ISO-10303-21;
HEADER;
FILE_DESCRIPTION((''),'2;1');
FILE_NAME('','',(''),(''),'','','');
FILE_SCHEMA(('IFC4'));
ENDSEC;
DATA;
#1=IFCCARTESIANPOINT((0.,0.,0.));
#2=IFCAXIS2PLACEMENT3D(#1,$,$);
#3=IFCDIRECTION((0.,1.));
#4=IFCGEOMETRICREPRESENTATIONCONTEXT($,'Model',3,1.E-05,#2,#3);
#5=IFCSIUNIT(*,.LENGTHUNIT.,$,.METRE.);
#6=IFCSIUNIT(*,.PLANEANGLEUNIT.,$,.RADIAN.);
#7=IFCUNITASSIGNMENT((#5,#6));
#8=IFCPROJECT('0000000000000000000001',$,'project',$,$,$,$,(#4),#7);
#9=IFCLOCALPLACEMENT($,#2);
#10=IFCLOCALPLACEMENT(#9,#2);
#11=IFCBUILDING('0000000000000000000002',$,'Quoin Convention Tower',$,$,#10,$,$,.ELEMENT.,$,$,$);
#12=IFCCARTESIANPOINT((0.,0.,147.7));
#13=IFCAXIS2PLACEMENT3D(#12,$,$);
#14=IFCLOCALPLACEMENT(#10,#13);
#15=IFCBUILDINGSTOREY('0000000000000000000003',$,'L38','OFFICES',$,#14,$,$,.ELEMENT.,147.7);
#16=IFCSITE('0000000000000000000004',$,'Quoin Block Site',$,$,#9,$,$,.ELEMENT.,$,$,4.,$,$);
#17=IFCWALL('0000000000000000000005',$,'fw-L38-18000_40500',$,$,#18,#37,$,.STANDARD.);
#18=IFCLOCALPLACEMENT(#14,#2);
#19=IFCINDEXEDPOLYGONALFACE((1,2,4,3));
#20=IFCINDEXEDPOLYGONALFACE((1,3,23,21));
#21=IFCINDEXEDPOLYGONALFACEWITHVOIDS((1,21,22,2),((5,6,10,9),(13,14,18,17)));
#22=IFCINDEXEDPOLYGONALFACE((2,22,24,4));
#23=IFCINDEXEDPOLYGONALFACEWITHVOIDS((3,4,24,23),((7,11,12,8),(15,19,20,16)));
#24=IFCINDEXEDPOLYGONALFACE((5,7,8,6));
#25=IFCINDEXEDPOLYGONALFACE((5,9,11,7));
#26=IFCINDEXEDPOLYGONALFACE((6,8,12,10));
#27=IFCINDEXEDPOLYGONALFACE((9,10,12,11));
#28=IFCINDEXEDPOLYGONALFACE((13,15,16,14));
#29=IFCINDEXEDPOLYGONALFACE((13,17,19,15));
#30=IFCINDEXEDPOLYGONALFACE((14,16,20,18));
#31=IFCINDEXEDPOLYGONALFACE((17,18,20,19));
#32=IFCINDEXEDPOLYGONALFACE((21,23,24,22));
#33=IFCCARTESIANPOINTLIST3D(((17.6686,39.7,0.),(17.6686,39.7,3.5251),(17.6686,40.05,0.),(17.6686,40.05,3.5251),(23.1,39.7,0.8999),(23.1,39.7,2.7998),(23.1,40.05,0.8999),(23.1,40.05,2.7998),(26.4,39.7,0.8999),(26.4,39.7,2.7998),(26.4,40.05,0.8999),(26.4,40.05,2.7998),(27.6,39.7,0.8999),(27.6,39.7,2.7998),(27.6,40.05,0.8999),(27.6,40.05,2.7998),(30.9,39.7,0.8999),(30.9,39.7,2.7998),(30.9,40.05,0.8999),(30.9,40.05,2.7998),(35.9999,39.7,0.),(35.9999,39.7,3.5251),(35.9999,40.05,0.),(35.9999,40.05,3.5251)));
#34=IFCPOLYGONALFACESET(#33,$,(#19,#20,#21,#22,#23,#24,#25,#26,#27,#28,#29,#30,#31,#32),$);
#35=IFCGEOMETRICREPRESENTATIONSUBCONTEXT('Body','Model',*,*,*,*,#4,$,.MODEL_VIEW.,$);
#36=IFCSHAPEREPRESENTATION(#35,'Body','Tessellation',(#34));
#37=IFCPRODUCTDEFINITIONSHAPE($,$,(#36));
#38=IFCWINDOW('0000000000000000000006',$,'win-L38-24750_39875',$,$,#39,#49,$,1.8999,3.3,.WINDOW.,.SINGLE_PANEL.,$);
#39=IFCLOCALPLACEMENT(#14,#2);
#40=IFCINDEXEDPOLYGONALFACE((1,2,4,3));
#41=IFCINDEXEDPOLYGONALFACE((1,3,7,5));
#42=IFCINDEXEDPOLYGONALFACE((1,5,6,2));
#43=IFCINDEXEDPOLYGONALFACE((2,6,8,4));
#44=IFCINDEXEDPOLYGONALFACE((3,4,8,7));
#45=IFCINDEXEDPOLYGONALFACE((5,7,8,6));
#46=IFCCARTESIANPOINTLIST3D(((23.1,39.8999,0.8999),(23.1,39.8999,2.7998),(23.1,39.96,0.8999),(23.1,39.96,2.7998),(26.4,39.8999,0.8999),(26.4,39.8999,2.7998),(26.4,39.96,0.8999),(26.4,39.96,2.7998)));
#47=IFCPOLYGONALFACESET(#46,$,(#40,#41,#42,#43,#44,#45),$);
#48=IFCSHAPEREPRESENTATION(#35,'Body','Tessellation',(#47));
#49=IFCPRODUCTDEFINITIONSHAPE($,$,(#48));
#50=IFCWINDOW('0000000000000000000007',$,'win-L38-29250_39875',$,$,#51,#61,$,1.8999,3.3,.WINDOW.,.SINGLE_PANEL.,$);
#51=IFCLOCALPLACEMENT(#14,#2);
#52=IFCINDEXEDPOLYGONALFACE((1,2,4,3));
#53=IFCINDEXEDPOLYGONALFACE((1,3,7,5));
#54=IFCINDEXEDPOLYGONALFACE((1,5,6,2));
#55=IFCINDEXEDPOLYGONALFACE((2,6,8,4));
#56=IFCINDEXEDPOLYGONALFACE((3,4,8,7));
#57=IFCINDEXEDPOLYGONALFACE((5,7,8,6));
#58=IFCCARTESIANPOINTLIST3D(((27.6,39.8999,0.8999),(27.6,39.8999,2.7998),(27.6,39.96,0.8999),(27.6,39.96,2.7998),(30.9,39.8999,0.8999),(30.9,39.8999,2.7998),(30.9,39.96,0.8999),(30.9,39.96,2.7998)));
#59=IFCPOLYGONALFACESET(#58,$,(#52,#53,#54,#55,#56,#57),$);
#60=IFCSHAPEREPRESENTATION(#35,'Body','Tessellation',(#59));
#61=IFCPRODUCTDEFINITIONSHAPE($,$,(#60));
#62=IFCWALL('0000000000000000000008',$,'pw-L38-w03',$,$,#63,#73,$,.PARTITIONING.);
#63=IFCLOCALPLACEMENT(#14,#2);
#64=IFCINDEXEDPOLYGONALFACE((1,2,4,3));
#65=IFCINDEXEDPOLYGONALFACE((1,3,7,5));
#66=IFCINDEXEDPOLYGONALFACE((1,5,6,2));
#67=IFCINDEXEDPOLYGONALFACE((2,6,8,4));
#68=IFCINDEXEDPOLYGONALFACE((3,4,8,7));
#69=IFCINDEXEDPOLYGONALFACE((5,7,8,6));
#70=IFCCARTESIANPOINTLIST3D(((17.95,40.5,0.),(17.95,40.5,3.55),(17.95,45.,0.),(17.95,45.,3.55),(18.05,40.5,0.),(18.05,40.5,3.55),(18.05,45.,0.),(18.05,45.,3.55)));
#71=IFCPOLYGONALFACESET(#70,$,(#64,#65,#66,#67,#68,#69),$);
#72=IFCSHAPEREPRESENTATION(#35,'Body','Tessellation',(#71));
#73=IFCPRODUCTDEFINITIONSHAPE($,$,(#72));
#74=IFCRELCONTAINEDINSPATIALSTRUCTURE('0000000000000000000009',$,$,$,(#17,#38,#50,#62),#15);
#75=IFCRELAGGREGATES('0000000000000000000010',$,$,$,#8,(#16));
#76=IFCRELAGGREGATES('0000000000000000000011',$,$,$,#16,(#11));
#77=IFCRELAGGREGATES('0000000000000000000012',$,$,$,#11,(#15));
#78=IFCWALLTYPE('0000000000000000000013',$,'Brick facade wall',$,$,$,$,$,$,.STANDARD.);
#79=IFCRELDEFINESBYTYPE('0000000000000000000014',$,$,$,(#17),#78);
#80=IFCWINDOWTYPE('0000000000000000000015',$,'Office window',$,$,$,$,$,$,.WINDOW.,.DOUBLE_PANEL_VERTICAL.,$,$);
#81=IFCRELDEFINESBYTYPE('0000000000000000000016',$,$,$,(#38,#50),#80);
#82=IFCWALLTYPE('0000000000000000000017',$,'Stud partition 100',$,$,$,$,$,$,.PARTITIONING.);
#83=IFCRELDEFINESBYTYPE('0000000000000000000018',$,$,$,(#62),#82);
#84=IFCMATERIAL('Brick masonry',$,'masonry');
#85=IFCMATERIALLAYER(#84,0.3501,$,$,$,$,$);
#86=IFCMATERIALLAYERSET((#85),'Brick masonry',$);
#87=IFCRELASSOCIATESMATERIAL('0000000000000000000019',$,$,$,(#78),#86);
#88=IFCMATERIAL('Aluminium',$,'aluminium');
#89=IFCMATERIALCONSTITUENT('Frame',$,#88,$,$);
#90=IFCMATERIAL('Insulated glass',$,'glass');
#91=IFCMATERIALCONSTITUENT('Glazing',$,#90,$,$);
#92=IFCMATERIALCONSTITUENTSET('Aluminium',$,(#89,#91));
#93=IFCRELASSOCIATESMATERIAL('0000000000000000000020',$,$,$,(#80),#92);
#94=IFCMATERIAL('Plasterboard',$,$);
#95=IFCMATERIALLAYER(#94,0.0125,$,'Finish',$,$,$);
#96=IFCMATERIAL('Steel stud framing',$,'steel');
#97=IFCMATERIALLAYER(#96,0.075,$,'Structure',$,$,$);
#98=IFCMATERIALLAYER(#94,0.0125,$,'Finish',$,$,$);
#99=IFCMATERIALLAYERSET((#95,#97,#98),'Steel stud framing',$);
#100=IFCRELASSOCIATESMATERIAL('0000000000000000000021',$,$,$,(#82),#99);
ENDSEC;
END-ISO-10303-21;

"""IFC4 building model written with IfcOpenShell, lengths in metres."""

from ifc_helpers import new_model, si_unit, direction, frame, frame_2d, origin, place, context, subcontext, project, spatial, rectangle, extrude, material, layer, layer_set, constituent, constituent_set, type_object, element, fill, save


model = new_model("IFC4")

# Units and contexts
model_context = context("Model", 3, precision=1e-05, world=origin(), true_north=direction((0.0, 1.0)))
body_context = subcontext(model_context, "Body", "Model", "MODEL_VIEW")
ifc_project = project(units=[si_unit("LENGTHUNIT", "METRE"), si_unit("PLANEANGLEUNIT", "RADIAN")], contexts=[model_context])

# Site, building, storey
site_placement = place(None, origin())
site = spatial("IfcSite", under=ifc_project, at=site_placement, Name="Quoin Block Site", CompositionType="ELEMENT", RefElevation=4.0)
building_placement = place(site_placement, origin())
building = spatial("IfcBuilding", under=site, at=building_placement, Name="Quoin Convention Tower", CompositionType="ELEMENT")
storey_placement = place(building_placement, frame((0.0, 0.0, 147.7)))
storey = spatial("IfcBuildingStorey", under=building, at=storey_placement, Name="L38", Description="OFFICES", CompositionType="ELEMENT", Elevation=147.7)

# Wall, openings, windows
ifc_material_1 = material(Name="Brick masonry", Category="masonry")
ifc_layer_1 = layer(ifc_material_1, 0.3501)
ifc_layer_set_1 = layer_set([ifc_layer_1], Name="Brick masonry")
wall_type_1 = type_object("IfcWallType", Name="Brick facade wall", PredefinedType="STANDARD", material=ifc_layer_set_1)
ifc_material_2 = material(Name="Aluminium", Category="aluminium")
ifc_constituent_1 = constituent(ifc_material_2, Name="Frame")
ifc_material_3 = material(Name="Insulated glass", Category="glass")
ifc_constituent_2 = constituent(ifc_material_3, Name="Glazing")
ifc_constituent_set = constituent_set(constituents=[ifc_constituent_1, ifc_constituent_2], Name="Aluminium")
window_type = type_object("IfcWindowType", Name="Office window", PartitioningType="DOUBLE_PANEL_VERTICAL", PredefinedType="WINDOW", material=ifc_constituent_set)
wall_1_placement = place(storey_placement, frame((17.6687, 39.875, 0.0), z_axis=(0.0, 0.0, 1.0), x_axis=(1.0, 0.0, 0.0)))
wall_1 = element("IfcWall", 1, at=wall_1_placement, inside=storey, type_object=wall_type_1, Name="fw-L38-18000_40500", PredefinedType="STANDARD", context=body_context, shape_type="SweptSolid", body=[
    extrude(rectangle(XDim=18.3313, YDim=0.3501, at=frame_2d((9.1655, 0.0))), origin(), (0.0, 0.0, 1.0), 3.5251),
])
opening_1_placement = place(wall_1_placement, frame((5.4314, 0.0, 0.8999)))
opening_1 = element("IfcOpeningElement", 2, at=opening_1_placement, cuts=wall_1, PredefinedType="OPENING", context=body_context, shape_type="SweptSolid", body=[
    extrude(rectangle(XDim=3.3, YDim=1.8999, at=frame_2d((1.6499, 0.95))), frame((0.0, 0.1851, 0.0), z_axis=(0.0, -1.0, 0.0), x_axis=(1.0, 0.0, 0.0)), (0.0, 0.0, 1.0), 0.3701),
])
opening_2_placement = place(wall_1_placement, frame((9.9314, 0.0, 0.8999)))
opening_2 = element("IfcOpeningElement", 3, at=opening_2_placement, cuts=wall_1, PredefinedType="OPENING", context=body_context, shape_type="SweptSolid", body=[
    extrude(rectangle(XDim=3.3, YDim=1.8999, at=frame_2d((1.6499, 0.95))), frame((0.0, 0.1851, 0.0), z_axis=(0.0, -1.0, 0.0), x_axis=(1.0, 0.0, 0.0)), (0.0, 0.0, 1.0), 0.3701),
])
window_1_placement = place(opening_1_placement, origin())
window_1 = element("IfcWindow", 4, at=window_1_placement, inside=storey, type_object=window_type, Name="win-L38-24750_39875", OverallHeight=1.8999, OverallWidth=3.3, PartitioningType="SINGLE_PANEL", PredefinedType="WINDOW", context=body_context, shape_type="SweptSolid", body=[
    extrude(rectangle(XDim=3.3, YDim=1.8999, at=frame_2d((1.6499, 0.95))), frame((0.0, 0.085, 0.0), z_axis=(0.0, -1.0, 0.0), x_axis=(1.0, 0.0, 0.0)), (0.0, 0.0, 1.0), 0.0601),
])
fill(opening_1, window_1)
window_2_placement = place(opening_2_placement, origin())
window_2 = element("IfcWindow", 5, at=window_2_placement, inside=storey, type_object=window_type, Name="win-L38-29250_39875", OverallHeight=1.8999, OverallWidth=3.3, PartitioningType="SINGLE_PANEL", PredefinedType="WINDOW", context=body_context, shape_type="SweptSolid", body=[
    extrude(rectangle(XDim=3.3, YDim=1.8999, at=frame_2d((1.6499, 0.95))), frame((0.0, 0.085, 0.0), z_axis=(0.0, -1.0, 0.0), x_axis=(1.0, 0.0, 0.0)), (0.0, 0.0, 1.0), 0.0601),
])
fill(opening_2, window_2)

# Wall
ifc_material_4 = material(Name="Plasterboard")
ifc_layer_2 = layer(ifc_material_4, 0.0125, Name="Finish")
ifc_material_5 = material(Name="Steel stud framing", Category="steel")
ifc_layer_3 = layer(ifc_material_5, 0.075, Name="Structure")
ifc_layer_4 = layer(ifc_material_4, 0.0125, Name="Finish")
ifc_layer_set_2 = layer_set([ifc_layer_2, ifc_layer_3, ifc_layer_4], Name="Steel stud framing")
wall_type_2 = type_object("IfcWallType", Name="Stud partition 100", PredefinedType="PARTITIONING", material=ifc_layer_set_2)
wall_2_placement = place(storey_placement, frame((18.0, 40.5, 0.0), z_axis=(0.0, 0.0, 1.0), x_axis=(0.0, 1.0, 0.0)))
element("IfcWall", 6, at=wall_2_placement, inside=storey, type_object=wall_type_2, Name="pw-L38-w03", PredefinedType="PARTITIONING", context=body_context, shape_type="SweptSolid", body=[
    extrude(rectangle(XDim=4.5, YDim=0.1001, at=frame_2d((2.25, 0.0))), origin(), (0.0, 0.0, 1.0), 3.55),
])

save(model, "model.ifc")
